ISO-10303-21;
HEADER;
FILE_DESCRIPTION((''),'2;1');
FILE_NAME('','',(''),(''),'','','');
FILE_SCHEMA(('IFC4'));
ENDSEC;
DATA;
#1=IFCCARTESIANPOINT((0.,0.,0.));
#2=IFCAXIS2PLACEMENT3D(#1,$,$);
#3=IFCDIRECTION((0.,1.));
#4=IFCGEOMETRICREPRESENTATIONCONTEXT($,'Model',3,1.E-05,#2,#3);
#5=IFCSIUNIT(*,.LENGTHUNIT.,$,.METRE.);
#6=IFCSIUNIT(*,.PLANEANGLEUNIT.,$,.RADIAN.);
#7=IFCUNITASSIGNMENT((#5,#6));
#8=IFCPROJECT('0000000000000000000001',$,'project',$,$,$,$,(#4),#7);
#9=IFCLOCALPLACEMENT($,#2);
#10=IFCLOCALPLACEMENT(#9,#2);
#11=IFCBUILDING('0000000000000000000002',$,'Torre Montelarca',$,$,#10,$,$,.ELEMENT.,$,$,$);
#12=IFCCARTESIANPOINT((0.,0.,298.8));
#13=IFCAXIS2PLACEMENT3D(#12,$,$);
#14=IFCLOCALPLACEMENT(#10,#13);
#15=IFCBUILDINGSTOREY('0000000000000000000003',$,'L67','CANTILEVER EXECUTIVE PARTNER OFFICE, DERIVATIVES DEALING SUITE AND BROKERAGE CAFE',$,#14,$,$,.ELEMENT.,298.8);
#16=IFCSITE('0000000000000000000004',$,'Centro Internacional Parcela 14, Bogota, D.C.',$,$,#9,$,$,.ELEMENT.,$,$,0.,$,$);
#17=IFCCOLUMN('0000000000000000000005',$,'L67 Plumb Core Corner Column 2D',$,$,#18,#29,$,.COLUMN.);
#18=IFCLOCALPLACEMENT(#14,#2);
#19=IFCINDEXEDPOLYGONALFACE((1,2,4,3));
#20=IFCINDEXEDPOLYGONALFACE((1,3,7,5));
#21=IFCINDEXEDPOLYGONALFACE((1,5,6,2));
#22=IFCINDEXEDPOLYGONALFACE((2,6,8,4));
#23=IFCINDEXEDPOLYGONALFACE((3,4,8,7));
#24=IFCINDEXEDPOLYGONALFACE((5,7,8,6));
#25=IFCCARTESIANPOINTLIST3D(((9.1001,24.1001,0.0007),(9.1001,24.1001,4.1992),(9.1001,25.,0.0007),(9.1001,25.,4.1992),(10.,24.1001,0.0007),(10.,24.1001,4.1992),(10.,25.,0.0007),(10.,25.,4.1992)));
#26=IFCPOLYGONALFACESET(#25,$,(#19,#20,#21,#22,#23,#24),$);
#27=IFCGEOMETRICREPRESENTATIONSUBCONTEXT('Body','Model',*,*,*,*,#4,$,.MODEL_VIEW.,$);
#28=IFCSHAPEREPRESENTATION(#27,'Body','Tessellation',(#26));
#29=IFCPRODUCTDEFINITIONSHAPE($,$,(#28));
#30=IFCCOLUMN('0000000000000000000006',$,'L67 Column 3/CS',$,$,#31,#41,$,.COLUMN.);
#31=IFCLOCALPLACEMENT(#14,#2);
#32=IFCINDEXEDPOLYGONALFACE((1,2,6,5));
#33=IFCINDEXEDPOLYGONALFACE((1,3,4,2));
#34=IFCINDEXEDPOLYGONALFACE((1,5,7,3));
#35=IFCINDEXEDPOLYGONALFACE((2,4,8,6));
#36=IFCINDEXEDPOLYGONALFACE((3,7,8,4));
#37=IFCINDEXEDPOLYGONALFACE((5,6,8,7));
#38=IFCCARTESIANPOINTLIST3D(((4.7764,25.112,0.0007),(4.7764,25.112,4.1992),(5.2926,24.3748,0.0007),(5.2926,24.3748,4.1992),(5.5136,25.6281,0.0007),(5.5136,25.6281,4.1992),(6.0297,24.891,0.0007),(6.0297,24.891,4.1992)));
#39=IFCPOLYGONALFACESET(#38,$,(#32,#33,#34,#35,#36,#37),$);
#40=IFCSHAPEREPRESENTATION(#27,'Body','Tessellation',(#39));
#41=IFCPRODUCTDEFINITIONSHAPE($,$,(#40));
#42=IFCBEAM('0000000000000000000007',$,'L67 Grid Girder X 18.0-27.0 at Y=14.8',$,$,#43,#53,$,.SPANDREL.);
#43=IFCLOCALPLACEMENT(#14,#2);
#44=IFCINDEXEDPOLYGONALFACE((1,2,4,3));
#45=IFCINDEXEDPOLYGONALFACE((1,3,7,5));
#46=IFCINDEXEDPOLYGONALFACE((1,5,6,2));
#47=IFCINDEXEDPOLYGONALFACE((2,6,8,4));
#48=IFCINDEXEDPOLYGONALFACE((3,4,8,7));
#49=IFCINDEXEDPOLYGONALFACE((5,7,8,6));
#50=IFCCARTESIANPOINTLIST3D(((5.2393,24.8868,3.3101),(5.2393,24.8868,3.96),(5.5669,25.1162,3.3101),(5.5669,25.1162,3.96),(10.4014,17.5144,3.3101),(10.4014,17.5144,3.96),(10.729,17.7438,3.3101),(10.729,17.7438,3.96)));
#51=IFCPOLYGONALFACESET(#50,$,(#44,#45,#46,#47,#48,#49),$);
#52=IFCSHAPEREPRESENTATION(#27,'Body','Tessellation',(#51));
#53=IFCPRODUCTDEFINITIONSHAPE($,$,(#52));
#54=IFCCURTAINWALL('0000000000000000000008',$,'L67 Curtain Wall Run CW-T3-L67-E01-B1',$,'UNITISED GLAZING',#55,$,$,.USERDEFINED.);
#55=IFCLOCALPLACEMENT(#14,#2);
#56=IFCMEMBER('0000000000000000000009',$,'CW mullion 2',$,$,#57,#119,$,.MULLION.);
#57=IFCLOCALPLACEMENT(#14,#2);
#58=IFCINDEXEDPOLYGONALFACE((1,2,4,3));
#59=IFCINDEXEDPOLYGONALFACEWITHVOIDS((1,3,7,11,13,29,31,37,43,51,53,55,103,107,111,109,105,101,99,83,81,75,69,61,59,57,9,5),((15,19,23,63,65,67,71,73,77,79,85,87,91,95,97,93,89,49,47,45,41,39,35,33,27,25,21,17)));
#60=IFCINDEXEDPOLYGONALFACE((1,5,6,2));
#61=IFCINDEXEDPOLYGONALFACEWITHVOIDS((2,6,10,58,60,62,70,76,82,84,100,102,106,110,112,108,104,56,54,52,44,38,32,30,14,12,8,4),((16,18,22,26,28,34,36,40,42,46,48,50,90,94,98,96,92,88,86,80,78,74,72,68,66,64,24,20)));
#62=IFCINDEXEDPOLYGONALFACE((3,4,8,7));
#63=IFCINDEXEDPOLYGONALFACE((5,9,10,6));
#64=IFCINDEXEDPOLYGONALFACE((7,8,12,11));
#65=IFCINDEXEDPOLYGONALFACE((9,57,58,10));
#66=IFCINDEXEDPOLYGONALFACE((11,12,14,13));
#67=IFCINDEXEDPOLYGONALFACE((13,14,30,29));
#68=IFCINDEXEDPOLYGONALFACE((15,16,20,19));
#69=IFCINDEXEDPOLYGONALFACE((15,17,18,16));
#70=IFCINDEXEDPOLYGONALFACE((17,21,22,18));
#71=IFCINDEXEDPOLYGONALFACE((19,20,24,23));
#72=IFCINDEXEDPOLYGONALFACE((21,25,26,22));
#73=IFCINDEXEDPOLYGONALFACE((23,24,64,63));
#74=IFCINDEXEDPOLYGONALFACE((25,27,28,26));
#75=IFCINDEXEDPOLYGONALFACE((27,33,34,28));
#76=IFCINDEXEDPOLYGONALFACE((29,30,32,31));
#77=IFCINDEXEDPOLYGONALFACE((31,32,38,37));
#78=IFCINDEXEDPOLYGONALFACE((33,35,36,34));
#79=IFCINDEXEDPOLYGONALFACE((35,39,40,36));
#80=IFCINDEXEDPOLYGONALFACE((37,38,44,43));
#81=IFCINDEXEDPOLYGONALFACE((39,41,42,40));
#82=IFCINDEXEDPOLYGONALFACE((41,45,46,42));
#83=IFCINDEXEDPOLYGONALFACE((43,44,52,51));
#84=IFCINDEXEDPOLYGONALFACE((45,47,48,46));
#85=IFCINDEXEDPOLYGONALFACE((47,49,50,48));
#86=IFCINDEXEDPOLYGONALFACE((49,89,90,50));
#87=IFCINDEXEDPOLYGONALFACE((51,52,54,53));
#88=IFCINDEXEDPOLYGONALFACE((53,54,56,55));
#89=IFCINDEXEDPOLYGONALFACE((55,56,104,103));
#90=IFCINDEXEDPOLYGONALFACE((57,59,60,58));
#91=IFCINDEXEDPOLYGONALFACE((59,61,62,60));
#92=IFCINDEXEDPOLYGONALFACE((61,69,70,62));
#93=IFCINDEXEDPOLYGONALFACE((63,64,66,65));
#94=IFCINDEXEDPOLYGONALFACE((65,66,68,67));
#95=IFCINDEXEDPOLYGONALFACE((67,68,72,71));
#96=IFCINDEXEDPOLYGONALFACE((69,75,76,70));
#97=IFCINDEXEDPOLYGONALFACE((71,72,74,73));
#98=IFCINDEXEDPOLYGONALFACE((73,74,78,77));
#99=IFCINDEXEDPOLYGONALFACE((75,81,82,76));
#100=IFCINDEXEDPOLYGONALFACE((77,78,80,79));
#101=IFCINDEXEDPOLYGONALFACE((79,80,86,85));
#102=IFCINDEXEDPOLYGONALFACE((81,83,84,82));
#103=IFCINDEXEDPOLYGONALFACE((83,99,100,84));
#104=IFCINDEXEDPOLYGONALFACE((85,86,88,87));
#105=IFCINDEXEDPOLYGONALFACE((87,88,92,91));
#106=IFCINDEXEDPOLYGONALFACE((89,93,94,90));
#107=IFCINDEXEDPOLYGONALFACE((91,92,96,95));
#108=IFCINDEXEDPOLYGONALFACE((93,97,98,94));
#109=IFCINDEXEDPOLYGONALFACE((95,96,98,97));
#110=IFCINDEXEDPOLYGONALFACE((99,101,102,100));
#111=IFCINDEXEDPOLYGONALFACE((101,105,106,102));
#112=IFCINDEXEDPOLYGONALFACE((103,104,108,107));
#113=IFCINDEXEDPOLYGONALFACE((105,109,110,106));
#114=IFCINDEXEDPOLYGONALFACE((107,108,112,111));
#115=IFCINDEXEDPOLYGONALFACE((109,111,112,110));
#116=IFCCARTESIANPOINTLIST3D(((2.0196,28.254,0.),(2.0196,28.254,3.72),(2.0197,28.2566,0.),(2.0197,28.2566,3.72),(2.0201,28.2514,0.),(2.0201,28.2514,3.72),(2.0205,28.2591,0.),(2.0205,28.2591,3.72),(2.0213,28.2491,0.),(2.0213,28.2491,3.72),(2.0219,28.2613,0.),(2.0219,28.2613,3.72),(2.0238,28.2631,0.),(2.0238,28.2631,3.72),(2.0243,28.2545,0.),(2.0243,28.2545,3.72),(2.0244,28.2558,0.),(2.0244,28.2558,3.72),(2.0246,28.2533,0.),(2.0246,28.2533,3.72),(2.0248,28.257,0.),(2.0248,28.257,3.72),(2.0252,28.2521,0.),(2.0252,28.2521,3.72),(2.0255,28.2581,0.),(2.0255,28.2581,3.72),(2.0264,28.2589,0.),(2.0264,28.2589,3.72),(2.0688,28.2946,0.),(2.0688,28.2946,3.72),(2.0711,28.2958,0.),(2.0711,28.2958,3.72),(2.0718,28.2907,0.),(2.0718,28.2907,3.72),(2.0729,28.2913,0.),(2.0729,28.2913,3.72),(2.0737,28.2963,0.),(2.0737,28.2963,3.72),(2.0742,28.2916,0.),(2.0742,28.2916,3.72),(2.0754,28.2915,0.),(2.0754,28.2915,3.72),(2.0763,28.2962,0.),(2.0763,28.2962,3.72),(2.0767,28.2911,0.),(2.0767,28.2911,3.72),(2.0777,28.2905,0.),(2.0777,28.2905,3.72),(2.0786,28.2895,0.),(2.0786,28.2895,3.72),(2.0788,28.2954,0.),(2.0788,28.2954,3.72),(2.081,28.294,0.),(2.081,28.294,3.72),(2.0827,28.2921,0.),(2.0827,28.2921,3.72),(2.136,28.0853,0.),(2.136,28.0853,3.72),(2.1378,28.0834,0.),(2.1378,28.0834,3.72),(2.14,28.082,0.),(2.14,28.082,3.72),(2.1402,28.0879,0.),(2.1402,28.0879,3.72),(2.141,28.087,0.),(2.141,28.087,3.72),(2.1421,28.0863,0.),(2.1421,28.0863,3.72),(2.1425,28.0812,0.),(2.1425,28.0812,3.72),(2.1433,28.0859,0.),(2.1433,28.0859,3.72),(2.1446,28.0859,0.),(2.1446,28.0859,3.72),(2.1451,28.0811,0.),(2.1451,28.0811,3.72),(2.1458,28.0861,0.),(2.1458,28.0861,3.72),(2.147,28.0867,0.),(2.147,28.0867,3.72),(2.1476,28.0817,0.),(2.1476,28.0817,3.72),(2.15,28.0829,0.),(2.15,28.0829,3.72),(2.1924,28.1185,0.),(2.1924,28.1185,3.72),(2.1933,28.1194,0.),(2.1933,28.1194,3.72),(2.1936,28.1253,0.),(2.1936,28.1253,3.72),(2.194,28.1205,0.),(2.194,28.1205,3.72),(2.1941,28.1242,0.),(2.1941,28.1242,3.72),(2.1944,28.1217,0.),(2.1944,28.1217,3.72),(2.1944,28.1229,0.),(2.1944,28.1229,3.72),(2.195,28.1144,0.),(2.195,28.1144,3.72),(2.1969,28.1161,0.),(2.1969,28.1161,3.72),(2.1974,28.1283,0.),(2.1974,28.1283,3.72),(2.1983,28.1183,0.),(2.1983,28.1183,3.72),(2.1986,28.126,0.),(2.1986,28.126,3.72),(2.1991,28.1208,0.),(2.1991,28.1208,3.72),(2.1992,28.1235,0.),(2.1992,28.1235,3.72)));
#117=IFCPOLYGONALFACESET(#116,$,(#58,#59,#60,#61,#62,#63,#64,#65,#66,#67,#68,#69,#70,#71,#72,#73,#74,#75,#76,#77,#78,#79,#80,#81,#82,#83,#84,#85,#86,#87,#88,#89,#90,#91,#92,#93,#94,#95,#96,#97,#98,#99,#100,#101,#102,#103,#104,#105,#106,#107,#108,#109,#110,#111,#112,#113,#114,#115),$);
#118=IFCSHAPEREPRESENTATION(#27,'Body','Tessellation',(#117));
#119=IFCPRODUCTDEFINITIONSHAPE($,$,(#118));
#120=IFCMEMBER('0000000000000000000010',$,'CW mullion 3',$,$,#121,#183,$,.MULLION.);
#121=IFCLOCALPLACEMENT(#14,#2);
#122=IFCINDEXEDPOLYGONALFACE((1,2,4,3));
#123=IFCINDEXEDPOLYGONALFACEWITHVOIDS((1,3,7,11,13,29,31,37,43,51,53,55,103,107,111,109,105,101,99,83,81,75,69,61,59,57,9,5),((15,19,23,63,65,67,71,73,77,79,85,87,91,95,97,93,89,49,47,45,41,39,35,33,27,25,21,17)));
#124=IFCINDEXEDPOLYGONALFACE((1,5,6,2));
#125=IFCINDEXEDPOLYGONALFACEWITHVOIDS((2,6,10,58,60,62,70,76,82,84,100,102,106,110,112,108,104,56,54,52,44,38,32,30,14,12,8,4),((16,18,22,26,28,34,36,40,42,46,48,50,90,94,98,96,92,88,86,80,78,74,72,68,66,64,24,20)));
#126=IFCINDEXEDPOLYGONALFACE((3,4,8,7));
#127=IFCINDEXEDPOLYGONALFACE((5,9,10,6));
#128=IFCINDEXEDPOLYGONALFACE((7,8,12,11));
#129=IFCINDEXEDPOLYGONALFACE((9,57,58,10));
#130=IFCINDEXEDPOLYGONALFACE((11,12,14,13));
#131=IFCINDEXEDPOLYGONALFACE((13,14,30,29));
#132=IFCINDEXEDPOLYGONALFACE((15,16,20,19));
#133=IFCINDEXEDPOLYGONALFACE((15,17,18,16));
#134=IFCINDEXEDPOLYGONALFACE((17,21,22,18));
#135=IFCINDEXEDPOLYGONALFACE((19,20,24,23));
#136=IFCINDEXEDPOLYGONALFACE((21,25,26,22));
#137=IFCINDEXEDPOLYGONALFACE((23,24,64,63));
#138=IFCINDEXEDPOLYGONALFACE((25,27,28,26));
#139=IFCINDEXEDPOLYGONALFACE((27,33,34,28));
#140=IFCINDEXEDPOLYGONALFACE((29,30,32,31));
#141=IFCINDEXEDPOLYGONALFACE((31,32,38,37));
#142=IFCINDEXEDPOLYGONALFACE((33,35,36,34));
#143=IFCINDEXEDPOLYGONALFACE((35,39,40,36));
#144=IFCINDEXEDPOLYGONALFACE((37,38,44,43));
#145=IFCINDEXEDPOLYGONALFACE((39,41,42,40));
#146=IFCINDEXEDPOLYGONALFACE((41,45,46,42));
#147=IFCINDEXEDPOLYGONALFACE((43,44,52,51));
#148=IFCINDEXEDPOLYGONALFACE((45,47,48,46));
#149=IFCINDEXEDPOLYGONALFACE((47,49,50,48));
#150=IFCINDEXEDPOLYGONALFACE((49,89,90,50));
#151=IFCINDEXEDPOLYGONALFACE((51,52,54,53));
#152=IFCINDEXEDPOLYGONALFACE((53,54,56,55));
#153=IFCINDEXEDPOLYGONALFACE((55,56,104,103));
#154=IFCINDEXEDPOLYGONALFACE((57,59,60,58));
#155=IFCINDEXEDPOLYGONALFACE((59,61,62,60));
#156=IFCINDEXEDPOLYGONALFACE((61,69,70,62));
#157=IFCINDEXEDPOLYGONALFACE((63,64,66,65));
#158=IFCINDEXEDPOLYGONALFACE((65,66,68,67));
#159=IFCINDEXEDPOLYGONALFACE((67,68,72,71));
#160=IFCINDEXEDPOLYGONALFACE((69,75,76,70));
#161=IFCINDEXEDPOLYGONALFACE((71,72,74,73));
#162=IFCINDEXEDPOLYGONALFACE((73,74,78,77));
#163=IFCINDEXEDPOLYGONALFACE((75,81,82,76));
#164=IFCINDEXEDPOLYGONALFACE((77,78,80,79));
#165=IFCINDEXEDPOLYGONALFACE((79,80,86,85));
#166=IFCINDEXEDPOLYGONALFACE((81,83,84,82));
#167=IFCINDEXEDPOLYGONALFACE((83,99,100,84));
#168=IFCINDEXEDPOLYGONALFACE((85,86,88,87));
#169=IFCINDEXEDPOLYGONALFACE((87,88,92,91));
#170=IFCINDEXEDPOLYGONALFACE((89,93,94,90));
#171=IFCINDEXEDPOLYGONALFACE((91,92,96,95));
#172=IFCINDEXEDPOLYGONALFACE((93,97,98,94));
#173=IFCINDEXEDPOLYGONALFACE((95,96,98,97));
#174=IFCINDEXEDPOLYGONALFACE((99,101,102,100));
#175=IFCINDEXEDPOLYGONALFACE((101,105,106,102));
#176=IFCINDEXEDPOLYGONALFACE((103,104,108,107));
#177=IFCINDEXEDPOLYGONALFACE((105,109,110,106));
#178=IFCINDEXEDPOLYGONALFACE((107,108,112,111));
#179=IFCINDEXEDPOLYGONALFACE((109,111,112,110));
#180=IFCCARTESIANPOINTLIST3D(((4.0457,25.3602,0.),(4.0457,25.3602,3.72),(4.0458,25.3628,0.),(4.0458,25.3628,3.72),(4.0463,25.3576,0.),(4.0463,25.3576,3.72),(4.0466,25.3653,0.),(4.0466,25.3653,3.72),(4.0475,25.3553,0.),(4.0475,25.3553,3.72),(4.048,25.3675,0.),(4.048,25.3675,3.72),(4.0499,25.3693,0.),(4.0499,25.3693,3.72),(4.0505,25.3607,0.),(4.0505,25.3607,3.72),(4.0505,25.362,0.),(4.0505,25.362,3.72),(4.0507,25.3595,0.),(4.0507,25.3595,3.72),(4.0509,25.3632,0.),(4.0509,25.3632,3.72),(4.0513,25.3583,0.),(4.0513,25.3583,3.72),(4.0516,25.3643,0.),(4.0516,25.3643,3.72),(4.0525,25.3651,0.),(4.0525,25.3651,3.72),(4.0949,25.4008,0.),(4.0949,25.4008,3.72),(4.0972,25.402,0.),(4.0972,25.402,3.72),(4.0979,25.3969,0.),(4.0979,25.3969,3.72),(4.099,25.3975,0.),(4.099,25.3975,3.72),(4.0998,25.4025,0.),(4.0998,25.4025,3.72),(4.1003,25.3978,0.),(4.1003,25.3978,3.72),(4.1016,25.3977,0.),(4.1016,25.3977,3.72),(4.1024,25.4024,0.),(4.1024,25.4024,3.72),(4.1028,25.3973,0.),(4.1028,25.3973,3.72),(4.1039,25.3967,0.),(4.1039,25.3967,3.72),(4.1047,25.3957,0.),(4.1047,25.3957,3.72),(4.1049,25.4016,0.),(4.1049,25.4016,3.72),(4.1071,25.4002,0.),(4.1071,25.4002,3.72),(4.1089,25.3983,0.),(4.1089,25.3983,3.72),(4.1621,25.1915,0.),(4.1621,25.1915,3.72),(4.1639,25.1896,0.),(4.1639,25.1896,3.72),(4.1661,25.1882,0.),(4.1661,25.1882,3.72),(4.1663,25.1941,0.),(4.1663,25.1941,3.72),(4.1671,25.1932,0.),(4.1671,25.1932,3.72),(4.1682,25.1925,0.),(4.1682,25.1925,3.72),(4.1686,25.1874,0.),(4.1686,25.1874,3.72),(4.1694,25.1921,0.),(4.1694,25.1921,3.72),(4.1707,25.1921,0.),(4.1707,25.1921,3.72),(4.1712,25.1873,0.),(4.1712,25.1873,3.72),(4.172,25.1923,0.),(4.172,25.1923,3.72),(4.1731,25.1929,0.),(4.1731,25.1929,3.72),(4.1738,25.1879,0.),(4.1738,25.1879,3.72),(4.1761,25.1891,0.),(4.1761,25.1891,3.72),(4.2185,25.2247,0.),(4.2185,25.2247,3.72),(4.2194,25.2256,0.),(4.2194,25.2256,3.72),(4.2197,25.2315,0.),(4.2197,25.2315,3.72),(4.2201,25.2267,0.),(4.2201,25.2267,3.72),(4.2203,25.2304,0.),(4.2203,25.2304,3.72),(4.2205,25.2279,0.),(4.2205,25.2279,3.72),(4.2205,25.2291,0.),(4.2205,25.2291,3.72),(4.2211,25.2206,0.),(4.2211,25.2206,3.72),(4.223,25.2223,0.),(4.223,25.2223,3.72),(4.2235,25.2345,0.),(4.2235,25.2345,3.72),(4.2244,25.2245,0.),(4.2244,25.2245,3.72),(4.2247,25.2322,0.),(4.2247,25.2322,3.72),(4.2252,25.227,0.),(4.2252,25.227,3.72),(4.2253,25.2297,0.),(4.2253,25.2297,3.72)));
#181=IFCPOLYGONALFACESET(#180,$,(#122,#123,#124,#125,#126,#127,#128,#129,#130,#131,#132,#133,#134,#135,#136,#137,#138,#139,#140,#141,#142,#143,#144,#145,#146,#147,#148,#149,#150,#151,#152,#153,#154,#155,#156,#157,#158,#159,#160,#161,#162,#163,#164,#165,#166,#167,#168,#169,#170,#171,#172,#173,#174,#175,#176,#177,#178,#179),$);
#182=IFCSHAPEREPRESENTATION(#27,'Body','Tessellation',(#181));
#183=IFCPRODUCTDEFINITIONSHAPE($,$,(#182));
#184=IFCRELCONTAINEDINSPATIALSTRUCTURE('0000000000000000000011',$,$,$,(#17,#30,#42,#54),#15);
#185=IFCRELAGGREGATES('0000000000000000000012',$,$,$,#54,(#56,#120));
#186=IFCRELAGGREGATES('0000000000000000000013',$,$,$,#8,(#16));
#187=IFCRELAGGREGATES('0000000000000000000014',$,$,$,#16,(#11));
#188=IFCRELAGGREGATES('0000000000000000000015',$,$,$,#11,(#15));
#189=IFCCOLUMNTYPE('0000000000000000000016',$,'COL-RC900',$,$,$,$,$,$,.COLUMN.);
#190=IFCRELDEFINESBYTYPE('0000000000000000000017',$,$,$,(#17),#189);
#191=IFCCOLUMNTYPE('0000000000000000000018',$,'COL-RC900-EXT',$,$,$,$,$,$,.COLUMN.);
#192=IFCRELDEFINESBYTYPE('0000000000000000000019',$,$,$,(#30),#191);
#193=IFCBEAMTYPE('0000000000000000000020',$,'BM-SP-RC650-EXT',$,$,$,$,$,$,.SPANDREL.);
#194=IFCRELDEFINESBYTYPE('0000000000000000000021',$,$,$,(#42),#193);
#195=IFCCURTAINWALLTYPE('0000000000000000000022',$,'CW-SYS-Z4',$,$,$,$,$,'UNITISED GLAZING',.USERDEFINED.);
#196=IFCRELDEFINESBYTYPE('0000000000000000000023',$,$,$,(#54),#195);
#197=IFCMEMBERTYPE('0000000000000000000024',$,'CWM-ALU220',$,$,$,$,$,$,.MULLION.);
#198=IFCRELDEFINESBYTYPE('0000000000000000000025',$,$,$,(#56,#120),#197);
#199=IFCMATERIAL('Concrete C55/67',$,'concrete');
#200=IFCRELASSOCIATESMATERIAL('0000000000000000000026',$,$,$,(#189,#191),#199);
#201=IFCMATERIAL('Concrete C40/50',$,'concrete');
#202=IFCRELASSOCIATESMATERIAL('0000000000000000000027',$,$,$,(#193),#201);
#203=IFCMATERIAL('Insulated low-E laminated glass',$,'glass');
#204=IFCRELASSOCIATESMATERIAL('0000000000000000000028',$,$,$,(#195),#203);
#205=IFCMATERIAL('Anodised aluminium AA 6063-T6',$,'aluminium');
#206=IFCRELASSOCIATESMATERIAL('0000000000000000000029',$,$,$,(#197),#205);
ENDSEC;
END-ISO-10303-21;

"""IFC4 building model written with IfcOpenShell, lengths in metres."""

from ifc_helpers import new_model, si_unit, direction, frame, origin, origin_2d, place, context, subcontext, project, spatial, rectangle, hollow_rectangle, extrude, source, transform, mapped, material, material_profile, profile_set, type_object, element, aggregate, save


model = new_model("IFC4")

# Units and contexts
model_context = context("Model", 3, precision=1e-05, world=origin(), true_north=direction((0.0, 1.0)))
body_context = subcontext(model_context, "Body", "Model", "MODEL_VIEW")
ifc_project = project(units=[si_unit("LENGTHUNIT", "METRE"), si_unit("PLANEANGLEUNIT", "RADIAN")], contexts=[model_context])

# Site, building, storey
site_placement = place(None, origin())
site = spatial("IfcSite", under=ifc_project, at=site_placement, Name="Centro Internacional Parcela 14, Bogota, D.C.", CompositionType="ELEMENT", RefElevation=0.0)
building_placement = place(site_placement, origin())
building = spatial("IfcBuilding", under=site, at=building_placement, Name="Torre Montelarca", CompositionType="ELEMENT")
storey_placement = place(building_placement, frame((0.0, 0.0, 298.8)))
storey = spatial("IfcBuildingStorey", under=building, at=storey_placement, Name="L67", Description="CANTILEVER EXECUTIVE PARTNER OFFICE, DERIVATIVES DEALING SUITE AND BROKERAGE CAFE", CompositionType="ELEMENT", Elevation=298.8)

# Columns
ifc_material_1 = material(Name="Concrete C55/67", Category="concrete")
ifc_material_profile_1 = material_profile(ifc_material_1, rectangle(XDim=0.8999, YDim=0.8999, at=origin_2d()), Name="RC900X900", Category="concrete")
ifc_profile_set_1 = profile_set([ifc_material_profile_1], Name="Concrete C55/67")
column_type_1 = type_object("IfcColumnType", Name="COL-RC900", PredefinedType="COLUMN", material=ifc_profile_set_1)
shared_shape_1 = source(origin(), body_context, "Body", "SweptSolid", [
    extrude(rectangle(XDim=0.8999, YDim=0.8999, at=origin_2d()), origin(), (0.0, 0.0, 1.0), 4.1985),
])
column_1_placement = place(storey_placement, frame((9.55, 24.55, 0.0007), z_axis=(0.0, 0.0, 1.0), x_axis=(1.0, 0.0, 0.0)))
element("IfcColumn", 1, at=column_1_placement, inside=storey, type_object=column_type_1, Name="L67 Plumb Core Corner Column 2D", PredefinedType="COLUMN", context=body_context, shape_type="MappedRepresentation", body=[
    mapped(shared_shape_1, transform((0.0, 0.0, 0.0), scale=1.0)),
])
ifc_material_profile_2 = material_profile(ifc_material_1, rectangle(XDim=0.8999, YDim=0.8999, at=origin_2d()), Name="RC900X900", Category="concrete")
ifc_profile_set_2 = profile_set([ifc_material_profile_2], Name="Concrete C55/67")
column_type_2 = type_object("IfcColumnType", Name="COL-RC900-EXT", PredefinedType="COLUMN", material=ifc_profile_set_2)
shared_shape_2 = source(origin(), body_context, "Body", "SweptSolid", [
    extrude(rectangle(XDim=0.8999, YDim=0.8999, at=origin_2d()), origin(), (0.0, 0.0, 1.0), 4.1985),
])
column_2_placement = place(storey_placement, frame((5.4031, 25.0015, 0.0007), z_axis=(0.0, 0.0, 1.0), x_axis=(-0.573576, 0.819152, 0.0)))
element("IfcColumn", 2, at=column_2_placement, inside=storey, type_object=column_type_2, Name="L67 Column 3/CS", PredefinedType="COLUMN", context=body_context, shape_type="MappedRepresentation", body=[
    mapped(shared_shape_2, transform((0.0, 0.0, 0.0), scale=1.0)),
])

# Beam
ifc_material_2 = material(Name="Concrete C40/50", Category="concrete")
ifc_material_profile_3 = material_profile(ifc_material_2, rectangle(XDim=0.3999, YDim=0.6499, at=origin_2d()), Name="RCB400X650", Category="concrete")
ifc_profile_set_3 = profile_set([ifc_material_profile_3], Name="Concrete C40/50")
beam_type = type_object("IfcBeamType", Name="BM-SP-RC650-EXT", PredefinedType="SPANDREL", material=ifc_profile_set_3)
shared_shape_3 = source(origin(), body_context, "Body", "SweptSolid", [
    extrude(rectangle(XDim=0.3999, YDim=0.6499, at=origin_2d()), origin(), (0.0, 0.0, 1.0), 9.0),
])
beam_placement = place(storey_placement, frame((5.4031, 25.0015, 3.635), z_axis=(0.573573, -0.819154, 0.0), x_axis=(0.819154, 0.573573, 0.0)))
element("IfcBeam", 3, at=beam_placement, inside=storey, type_object=beam_type, Name="L67 Grid Girder X 18.0-27.0 at Y=14.8", PredefinedType="SPANDREL", context=body_context, shape_type="MappedRepresentation", body=[
    mapped(shared_shape_3, transform((0.0, 0.0, 0.0), scale=1.0)),
])

# Curtain wall, members
ifc_material_3 = material(Name="Insulated low-E laminated glass", Category="glass")
curtain_wall_type = type_object("IfcCurtainWallType", Name="CW-SYS-Z4", ElementType="UNITISED GLAZING", PredefinedType="USERDEFINED", material=ifc_material_3)
curtain_wall_1_placement = place(storey_placement, origin())
curtain_wall_1 = element("IfcCurtainWall", 4, at=curtain_wall_1_placement, inside=storey, type_object=curtain_wall_type, Name="L67 Curtain Wall Run CW-T3-L67-E01-B1", ObjectType="UNITISED GLAZING", PredefinedType="USERDEFINED")
ifc_material_4 = material(Name="Anodised aluminium AA 6063-T6", Category="aluminium")
ifc_material_profile_4 = material_profile(ifc_material_4, hollow_rectangle(XDim=0.075, YDim=0.22, WallThickness=0.0049, InnerFilletRadius=0.0049, OuterFilletRadius=0.01, at=origin_2d()), Name="ALU75X220X5", Category="aluminium")
ifc_profile_set_4 = profile_set([ifc_material_profile_4], Name="Anodised aluminium AA 6063-T6")
member_type_1 = type_object("IfcMemberType", Name="CWM-ALU220", PredefinedType="MULLION", material=ifc_profile_set_4)
shared_shape_4 = source(origin(), body_context, "Body", "SweptSolid", [
    extrude(hollow_rectangle(XDim=0.075, YDim=0.22, WallThickness=0.0049, InnerFilletRadius=0.0049, OuterFilletRadius=0.01, at=origin_2d()), origin(), (0.0, 0.0, 1.0), 3.72),
])
member_1_placement = place(storey_placement, frame((2.1094, 28.1887, 0.0), z_axis=(0.0, 0.0, 1.0), x_axis=(0.819157, 0.573569, 0.0)))
member_1 = element("IfcMember", 5, at=member_1_placement, type_object=member_type_1, Name="CW mullion 2", PredefinedType="MULLION", context=body_context, shape_type="MappedRepresentation", body=[
    mapped(shared_shape_4, transform((0.0, 0.0, 0.0), scale=1.0)),
])
member_2_placement = place(storey_placement, frame((4.1355, 25.2949, 0.0), z_axis=(0.0, 0.0, 1.0), x_axis=(0.819157, 0.573569, 0.0)))
member_2 = element("IfcMember", 6, at=member_2_placement, type_object=member_type_1, Name="CW mullion 3", PredefinedType="MULLION", context=body_context, shape_type="MappedRepresentation", body=[
    mapped(shared_shape_4, transform((0.0, 0.0, 0.0), scale=1.0)),
])

aggregate(curtain_wall_1, [member_1, member_2])

save(model, "model.ifc")
